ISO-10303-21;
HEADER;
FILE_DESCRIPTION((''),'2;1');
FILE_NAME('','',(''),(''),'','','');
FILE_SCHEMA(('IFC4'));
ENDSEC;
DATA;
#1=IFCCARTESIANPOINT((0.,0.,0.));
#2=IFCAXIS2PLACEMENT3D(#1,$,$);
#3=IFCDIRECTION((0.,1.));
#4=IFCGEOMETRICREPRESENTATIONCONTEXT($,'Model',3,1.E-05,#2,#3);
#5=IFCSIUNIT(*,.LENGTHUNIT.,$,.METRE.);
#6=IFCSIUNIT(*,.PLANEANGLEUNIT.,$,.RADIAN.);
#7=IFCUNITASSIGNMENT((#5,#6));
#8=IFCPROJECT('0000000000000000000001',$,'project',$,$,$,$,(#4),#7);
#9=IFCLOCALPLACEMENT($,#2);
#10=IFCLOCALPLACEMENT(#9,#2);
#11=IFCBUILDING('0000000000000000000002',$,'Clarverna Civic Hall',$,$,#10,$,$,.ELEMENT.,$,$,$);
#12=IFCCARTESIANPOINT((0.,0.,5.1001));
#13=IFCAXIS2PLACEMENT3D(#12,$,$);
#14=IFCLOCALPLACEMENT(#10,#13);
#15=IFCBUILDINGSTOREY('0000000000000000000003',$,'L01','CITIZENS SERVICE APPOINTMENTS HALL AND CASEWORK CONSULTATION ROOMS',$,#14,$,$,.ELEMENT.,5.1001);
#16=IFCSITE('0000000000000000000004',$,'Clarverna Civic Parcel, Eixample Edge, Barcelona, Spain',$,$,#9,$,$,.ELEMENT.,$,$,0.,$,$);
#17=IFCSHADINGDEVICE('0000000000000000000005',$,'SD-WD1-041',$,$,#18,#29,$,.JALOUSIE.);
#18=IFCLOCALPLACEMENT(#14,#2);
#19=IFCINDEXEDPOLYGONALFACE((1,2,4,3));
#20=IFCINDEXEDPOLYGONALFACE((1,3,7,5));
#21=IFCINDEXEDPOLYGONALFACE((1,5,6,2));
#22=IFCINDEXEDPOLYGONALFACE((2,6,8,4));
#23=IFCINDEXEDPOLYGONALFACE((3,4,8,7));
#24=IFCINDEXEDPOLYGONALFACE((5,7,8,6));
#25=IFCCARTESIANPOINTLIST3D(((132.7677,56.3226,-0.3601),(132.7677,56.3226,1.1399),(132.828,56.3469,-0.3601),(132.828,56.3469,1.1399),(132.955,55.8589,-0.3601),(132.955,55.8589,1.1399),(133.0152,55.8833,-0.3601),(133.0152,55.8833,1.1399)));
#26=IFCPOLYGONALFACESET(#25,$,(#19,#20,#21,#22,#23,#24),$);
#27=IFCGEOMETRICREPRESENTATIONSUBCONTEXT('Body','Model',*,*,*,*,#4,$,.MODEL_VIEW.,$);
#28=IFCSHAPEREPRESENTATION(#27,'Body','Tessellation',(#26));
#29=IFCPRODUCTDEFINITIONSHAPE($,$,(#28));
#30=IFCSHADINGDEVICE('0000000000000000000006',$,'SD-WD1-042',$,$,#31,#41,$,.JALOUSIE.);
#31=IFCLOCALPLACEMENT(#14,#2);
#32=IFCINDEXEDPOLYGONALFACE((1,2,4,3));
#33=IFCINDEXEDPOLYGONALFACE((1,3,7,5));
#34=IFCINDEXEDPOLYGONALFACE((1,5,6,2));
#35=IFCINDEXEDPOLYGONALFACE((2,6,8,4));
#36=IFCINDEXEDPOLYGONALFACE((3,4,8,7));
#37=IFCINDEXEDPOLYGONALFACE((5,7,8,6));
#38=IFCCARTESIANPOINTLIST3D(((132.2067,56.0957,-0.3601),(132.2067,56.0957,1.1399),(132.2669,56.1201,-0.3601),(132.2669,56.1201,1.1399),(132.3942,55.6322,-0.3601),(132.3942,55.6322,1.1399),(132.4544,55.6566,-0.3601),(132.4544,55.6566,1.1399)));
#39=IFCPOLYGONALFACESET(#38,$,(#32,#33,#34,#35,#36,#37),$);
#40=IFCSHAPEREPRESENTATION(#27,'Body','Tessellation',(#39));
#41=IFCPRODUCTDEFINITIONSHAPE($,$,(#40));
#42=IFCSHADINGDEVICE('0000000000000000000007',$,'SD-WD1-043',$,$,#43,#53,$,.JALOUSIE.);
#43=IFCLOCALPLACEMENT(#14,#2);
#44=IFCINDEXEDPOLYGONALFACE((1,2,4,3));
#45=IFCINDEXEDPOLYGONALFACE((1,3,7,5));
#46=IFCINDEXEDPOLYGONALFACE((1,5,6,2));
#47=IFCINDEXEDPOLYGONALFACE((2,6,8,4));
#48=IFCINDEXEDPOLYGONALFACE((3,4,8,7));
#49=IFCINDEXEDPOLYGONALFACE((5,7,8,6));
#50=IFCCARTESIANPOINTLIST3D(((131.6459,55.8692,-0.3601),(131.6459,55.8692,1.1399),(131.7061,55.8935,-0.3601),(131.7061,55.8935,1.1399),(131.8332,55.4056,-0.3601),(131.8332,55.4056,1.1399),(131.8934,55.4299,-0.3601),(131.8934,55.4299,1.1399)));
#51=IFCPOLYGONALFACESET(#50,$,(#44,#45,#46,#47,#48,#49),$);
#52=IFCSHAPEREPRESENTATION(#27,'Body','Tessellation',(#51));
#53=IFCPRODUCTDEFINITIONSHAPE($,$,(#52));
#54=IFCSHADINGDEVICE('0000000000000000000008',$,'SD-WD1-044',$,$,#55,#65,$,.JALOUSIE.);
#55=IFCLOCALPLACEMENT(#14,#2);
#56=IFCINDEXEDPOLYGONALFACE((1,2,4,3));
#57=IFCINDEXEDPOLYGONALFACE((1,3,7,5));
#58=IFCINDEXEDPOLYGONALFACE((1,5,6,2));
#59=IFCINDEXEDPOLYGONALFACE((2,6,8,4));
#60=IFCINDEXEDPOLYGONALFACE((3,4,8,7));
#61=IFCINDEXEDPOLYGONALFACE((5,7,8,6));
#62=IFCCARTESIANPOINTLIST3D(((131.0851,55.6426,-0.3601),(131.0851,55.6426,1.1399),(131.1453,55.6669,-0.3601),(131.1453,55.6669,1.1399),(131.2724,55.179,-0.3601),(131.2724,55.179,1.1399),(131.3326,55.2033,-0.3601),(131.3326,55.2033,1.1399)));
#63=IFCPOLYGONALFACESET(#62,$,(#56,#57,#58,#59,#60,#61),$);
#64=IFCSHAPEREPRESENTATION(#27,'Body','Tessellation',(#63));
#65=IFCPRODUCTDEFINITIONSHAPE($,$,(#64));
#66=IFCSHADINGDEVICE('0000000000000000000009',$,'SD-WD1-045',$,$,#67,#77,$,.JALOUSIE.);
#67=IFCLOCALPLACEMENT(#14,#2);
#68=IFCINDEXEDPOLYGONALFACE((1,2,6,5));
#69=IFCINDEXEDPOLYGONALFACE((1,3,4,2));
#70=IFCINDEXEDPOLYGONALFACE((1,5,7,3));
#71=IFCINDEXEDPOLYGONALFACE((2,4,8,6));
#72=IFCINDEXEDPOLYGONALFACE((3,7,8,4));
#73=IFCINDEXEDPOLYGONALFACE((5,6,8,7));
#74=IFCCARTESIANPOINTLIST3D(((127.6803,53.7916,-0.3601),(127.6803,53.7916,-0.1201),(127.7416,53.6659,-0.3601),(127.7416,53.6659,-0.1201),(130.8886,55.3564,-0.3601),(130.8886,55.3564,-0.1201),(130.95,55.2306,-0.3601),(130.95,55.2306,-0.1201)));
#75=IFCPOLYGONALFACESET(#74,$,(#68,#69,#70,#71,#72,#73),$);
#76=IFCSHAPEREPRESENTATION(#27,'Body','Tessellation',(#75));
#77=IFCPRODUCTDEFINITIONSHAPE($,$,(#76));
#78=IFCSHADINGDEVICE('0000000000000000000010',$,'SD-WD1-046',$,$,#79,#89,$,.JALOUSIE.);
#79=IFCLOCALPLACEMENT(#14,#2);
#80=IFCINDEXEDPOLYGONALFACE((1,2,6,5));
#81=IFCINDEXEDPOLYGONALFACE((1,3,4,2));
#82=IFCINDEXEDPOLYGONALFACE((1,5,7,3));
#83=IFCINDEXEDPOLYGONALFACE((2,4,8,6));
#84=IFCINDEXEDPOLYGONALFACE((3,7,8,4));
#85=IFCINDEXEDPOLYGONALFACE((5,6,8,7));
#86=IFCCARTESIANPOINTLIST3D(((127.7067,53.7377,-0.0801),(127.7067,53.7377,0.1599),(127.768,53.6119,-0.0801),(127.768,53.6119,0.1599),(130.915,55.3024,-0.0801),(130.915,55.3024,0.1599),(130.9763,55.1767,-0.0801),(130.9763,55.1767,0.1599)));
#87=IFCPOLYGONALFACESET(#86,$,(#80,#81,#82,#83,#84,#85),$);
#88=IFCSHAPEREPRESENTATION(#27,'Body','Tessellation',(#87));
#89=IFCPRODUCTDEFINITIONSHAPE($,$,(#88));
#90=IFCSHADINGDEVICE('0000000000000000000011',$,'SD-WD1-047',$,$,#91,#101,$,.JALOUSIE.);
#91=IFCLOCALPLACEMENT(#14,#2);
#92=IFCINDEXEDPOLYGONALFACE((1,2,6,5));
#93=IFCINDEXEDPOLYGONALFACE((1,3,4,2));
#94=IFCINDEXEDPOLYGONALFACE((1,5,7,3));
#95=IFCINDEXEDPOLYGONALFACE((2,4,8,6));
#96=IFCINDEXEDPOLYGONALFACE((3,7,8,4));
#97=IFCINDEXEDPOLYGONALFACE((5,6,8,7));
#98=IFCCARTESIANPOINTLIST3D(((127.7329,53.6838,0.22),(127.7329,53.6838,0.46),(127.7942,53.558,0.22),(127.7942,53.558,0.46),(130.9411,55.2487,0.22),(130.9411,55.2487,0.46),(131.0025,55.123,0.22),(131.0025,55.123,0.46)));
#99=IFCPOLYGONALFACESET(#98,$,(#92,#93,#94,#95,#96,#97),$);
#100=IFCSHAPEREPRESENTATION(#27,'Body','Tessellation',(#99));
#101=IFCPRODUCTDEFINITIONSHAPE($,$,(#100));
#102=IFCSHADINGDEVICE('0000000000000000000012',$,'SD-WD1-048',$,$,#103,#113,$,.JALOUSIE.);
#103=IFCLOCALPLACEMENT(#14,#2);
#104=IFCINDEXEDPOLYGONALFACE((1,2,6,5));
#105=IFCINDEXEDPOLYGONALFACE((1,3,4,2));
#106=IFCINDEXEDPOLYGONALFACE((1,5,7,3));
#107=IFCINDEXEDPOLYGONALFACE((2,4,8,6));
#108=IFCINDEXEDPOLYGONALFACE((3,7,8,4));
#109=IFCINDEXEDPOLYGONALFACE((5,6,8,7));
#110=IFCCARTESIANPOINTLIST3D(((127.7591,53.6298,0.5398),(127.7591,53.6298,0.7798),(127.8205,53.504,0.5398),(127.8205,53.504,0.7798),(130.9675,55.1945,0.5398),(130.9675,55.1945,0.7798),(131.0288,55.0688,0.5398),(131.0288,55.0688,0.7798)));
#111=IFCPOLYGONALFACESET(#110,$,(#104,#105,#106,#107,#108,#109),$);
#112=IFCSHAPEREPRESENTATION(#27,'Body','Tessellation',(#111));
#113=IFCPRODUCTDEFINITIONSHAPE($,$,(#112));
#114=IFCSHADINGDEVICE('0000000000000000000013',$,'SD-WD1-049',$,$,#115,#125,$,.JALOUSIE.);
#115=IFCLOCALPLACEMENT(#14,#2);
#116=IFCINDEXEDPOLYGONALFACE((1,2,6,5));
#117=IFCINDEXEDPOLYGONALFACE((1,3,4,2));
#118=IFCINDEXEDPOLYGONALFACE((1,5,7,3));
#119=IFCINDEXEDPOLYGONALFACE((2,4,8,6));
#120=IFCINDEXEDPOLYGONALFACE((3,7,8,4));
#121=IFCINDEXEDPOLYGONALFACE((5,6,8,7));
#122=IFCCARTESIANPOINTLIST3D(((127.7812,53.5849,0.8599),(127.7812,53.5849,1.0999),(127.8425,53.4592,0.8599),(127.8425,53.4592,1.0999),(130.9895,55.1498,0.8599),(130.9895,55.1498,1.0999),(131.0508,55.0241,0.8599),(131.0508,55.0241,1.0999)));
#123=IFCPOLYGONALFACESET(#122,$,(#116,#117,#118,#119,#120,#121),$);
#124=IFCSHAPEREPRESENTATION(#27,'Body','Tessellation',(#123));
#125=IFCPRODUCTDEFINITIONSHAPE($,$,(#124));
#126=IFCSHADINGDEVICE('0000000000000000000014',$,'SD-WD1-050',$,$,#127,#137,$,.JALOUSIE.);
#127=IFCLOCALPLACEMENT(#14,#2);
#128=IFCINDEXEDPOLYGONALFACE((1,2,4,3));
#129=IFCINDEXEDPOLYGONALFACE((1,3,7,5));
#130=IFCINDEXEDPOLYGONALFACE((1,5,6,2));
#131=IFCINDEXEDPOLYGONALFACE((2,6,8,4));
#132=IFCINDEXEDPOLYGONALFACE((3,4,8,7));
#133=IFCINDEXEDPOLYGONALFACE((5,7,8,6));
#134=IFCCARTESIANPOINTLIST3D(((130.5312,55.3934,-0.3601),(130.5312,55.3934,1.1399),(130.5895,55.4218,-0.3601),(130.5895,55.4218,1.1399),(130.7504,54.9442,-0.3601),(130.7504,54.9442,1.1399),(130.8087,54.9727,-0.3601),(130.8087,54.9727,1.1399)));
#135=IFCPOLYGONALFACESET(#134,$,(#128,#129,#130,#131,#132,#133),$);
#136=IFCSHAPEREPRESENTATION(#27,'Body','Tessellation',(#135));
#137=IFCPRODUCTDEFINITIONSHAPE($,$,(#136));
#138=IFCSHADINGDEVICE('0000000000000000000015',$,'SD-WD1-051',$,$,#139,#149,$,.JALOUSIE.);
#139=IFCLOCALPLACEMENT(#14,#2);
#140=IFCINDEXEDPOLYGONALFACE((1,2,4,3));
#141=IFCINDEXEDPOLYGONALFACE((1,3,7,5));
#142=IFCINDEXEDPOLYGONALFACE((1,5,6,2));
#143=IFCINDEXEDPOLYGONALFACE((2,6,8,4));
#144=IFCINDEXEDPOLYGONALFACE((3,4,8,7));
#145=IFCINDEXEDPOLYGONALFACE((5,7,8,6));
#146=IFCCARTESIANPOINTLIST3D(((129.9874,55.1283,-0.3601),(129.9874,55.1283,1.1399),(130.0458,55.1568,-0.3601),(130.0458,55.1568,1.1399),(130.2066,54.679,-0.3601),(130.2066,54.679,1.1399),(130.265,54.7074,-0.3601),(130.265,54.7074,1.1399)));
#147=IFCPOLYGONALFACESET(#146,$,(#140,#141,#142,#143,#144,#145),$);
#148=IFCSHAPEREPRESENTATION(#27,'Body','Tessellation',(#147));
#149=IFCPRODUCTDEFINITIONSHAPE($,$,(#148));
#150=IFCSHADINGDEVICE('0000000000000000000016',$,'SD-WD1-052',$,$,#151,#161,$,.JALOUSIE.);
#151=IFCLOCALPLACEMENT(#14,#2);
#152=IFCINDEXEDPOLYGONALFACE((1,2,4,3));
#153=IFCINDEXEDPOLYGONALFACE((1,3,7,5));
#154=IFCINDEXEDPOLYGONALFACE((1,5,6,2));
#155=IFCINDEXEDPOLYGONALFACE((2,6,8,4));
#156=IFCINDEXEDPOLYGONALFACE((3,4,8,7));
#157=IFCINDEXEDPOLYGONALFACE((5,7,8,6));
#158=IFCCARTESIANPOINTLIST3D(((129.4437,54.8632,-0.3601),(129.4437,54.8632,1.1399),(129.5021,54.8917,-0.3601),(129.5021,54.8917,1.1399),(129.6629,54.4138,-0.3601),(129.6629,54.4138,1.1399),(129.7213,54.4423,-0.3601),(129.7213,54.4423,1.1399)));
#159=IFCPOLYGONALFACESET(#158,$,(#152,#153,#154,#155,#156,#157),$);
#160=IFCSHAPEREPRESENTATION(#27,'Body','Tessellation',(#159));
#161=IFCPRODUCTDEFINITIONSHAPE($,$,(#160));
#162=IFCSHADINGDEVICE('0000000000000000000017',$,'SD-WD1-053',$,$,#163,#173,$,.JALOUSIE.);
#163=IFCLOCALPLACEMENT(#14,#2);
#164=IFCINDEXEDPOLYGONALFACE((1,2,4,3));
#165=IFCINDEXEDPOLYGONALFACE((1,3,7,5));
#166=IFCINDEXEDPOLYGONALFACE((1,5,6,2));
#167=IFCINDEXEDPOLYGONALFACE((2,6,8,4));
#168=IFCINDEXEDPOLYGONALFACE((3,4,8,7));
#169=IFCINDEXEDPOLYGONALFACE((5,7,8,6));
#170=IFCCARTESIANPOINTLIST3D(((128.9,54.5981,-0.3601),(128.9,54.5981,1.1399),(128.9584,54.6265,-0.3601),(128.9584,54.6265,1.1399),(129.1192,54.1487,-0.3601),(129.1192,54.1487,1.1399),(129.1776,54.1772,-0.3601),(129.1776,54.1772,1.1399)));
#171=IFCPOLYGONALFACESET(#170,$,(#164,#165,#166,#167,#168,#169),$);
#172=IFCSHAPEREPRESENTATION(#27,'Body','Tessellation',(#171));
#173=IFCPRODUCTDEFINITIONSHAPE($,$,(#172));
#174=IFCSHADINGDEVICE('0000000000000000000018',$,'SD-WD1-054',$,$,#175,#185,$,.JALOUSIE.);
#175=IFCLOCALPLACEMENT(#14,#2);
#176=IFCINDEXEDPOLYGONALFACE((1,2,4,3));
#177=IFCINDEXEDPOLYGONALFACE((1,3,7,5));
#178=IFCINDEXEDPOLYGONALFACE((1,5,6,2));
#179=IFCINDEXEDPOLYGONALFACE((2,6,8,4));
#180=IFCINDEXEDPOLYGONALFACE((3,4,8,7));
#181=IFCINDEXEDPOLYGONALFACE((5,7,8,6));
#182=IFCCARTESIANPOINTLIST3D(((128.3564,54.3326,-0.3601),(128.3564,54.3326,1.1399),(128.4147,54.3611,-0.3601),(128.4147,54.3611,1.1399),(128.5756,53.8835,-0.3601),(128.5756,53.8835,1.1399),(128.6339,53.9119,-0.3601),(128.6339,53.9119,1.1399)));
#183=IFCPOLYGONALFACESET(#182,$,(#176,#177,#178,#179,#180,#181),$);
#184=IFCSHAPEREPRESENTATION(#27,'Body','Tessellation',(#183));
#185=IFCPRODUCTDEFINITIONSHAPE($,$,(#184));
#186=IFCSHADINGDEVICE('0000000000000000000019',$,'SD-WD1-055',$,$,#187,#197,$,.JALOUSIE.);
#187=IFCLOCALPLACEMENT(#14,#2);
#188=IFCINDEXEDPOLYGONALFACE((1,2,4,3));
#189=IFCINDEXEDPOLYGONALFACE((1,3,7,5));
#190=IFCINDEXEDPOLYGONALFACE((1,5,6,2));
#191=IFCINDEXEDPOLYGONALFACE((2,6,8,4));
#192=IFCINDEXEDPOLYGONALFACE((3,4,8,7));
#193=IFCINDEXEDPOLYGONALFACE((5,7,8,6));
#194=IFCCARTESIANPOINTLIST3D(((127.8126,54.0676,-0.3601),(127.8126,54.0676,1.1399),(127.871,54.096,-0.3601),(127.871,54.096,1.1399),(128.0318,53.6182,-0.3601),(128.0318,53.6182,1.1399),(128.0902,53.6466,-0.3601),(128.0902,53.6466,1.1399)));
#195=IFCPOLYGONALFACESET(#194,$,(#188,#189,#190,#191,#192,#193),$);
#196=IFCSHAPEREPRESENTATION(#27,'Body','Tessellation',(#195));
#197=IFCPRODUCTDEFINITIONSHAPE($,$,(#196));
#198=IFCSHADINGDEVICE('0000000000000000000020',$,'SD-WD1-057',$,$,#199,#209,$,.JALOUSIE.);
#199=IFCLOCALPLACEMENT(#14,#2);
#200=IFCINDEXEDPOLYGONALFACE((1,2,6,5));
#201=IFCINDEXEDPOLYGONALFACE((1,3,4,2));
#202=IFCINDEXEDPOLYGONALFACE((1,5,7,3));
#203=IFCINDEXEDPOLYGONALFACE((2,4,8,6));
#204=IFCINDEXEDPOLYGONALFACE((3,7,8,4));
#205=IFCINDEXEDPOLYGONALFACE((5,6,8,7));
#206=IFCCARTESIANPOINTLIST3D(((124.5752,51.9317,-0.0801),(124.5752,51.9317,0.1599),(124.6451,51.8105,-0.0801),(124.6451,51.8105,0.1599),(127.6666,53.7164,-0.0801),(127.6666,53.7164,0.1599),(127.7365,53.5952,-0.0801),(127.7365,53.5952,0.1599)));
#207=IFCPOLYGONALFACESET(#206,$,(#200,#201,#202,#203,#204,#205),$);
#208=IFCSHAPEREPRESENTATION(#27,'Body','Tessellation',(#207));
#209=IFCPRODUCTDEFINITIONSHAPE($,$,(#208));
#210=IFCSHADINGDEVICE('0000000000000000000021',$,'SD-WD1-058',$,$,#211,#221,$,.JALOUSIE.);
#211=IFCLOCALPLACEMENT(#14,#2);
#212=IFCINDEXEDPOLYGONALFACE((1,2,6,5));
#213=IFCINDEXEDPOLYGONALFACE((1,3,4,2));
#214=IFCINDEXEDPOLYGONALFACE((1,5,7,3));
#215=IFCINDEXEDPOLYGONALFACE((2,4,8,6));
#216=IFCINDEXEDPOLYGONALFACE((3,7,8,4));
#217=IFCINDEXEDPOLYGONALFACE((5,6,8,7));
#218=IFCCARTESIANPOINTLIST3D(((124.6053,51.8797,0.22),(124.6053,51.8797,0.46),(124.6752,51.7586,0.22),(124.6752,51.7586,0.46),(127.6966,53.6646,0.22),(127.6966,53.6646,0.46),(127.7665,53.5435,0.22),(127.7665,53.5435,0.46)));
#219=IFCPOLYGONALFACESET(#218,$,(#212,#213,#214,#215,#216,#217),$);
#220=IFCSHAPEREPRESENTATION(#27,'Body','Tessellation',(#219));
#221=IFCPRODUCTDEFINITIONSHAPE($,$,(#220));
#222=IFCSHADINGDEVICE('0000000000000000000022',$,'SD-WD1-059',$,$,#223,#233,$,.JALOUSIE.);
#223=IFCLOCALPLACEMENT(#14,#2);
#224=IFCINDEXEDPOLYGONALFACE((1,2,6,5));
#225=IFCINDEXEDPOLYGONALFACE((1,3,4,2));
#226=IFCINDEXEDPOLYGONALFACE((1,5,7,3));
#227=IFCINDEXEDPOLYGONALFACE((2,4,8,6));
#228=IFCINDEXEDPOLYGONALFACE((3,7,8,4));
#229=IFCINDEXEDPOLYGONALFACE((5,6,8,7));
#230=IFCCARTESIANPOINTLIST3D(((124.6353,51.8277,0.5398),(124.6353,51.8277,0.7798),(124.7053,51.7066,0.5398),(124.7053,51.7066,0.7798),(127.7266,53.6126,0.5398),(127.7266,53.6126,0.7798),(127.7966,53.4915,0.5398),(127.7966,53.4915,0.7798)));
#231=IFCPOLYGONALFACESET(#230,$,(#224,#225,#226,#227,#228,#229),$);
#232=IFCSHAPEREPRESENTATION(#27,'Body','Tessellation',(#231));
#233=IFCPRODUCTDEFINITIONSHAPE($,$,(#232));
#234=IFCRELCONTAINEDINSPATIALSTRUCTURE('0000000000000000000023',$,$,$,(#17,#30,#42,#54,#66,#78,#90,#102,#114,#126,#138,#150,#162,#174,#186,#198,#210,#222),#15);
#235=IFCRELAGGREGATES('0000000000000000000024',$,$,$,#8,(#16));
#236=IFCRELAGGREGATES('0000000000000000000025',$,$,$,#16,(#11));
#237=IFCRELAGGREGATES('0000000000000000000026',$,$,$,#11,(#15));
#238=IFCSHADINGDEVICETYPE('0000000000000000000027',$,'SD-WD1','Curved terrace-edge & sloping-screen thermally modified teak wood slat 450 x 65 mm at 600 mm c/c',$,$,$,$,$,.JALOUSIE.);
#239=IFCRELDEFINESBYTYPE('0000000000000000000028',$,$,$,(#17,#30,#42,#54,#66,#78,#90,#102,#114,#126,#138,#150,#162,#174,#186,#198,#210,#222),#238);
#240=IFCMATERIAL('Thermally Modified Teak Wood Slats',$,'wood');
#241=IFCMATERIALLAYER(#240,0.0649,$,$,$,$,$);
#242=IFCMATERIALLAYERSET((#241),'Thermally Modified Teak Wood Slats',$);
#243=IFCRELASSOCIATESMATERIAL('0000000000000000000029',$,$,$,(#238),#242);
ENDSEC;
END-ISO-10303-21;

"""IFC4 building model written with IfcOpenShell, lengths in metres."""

from ifc_helpers import new_model, si_unit, direction, frame, frame_2d, origin, place, context, subcontext, project, spatial, rectangle, extrude, material, layer, layer_set, type_object, element, save


model = new_model("IFC4")

# Units and contexts
model_context = context("Model", 3, precision=1e-05, world=origin(), true_north=direction((0.0, 1.0)))
body_context = subcontext(model_context, "Body", "Model", "MODEL_VIEW")
ifc_project = project(units=[si_unit("LENGTHUNIT", "METRE"), si_unit("PLANEANGLEUNIT", "RADIAN")], contexts=[model_context])

# Site, building, storey
site_placement = place(None, origin())
site = spatial("IfcSite", under=ifc_project, at=site_placement, Name="Clarverna Civic Parcel, Eixample Edge, Barcelona, Spain", CompositionType="ELEMENT", RefElevation=0.0)
building_placement = place(site_placement, origin())
building = spatial("IfcBuilding", under=site, at=building_placement, Name="Clarverna Civic Hall", CompositionType="ELEMENT")
storey_placement = place(building_placement, frame((0.0, 0.0, 5.1001)))
storey = spatial("IfcBuildingStorey", under=building, at=storey_placement, Name="L01", Description="CITIZENS SERVICE APPOINTMENTS HALL AND CASEWORK CONSULTATION ROOMS", CompositionType="ELEMENT", Elevation=5.1001)

# Shading devices
ifc_material_1 = material(Name="Thermally Modified Teak Wood Slats", Category="wood")
ifc_layer_1 = layer(ifc_material_1, 0.0649)
ifc_layer_set_1 = layer_set([ifc_layer_1], Name="Thermally Modified Teak Wood Slats")
shading_device_type = type_object("IfcShadingDeviceType", Name="SD-WD1", Description="Curved terrace-edge & sloping-screen thermally modified teak wood slat 450 x 65 mm at 600 mm c/c", PredefinedType="JALOUSIE", material=ifc_layer_set_1)
for number, where, z_axis, x_axis, name in (
    (1, (132.7979, 56.3347, -0.3601), (0.0, 0.0, 1.0), (0.374503, -0.927226, 0.0), "SD-WD1-041"),
    (2, (132.2368, 56.1079, -0.3601), (0.0, 0.0, 1.0), (0.374923, -0.927056, 0.0), "SD-WD1-042"),
    (3, (131.676, 55.8813, -0.3601), (0.0, 0.0, 1.0), (0.374503, -0.927226, 0.0), "SD-WD1-043"),
    (4, (131.1152, 55.6548, -0.3601), (0.0, 0.0, 1.0), (0.374503, -0.927226, 0.0), "SD-WD1-044"),
):
    element("IfcShadingDevice", number, at=place(storey_placement, frame(where, z_axis=z_axis, x_axis=x_axis)), inside=storey, type_object=shading_device_type, Name=name, PredefinedType="JALOUSIE", context=body_context, shape_type="SweptSolid", body=[
        extrude(rectangle(XDim=0.5, YDim=0.0649, at=frame_2d((0.25, 0.0))), origin(), (0.0, 0.0, 1.0), 1.5),
    ])
for number, where, z_axis, x_axis, name in (
    (5, (130.9192, 55.2935, -0.3601), (0.0, 0.0, 1.0), (-0.898802, -0.438355, 0.0), "SD-WD1-045"),
    (6, (130.9456, 55.2395, -0.0801), (0.0, 0.0, 1.0), (-0.898802, -0.438355, 0.0), "SD-WD1-046"),
    (7, (130.9717, 55.1858, 0.22), (0.0, 0.0, 1.0), (-0.898775, -0.43841, 0.0), "SD-WD1-047"),
    (8, (130.998, 55.1316, 0.5398), (0.0, 0.0, 1.0), (-0.898802, -0.438355, 0.0), "SD-WD1-048"),
    (9, (131.02, 55.0869, 0.8599), (0.0, 0.0, 1.0), (-0.898775, -0.43841, 0.0), "SD-WD1-049"),
):
    element("IfcShadingDevice", number, at=place(storey_placement, frame(where, z_axis=z_axis, x_axis=x_axis)), inside=storey, type_object=shading_device_type, Name=name, PredefinedType="JALOUSIE", context=body_context, shape_type="SweptSolid", body=[
        extrude(rectangle(XDim=3.5696, YDim=0.1399, at=frame_2d((1.7847, 0.0))), origin(), (0.0, 0.0, 1.0), 0.24),
    ])
shading_device_1_placement = place(storey_placement, frame((130.5603, 55.4077, -0.3601), z_axis=(0.0, 0.0, 1.0), x_axis=(0.438597, -0.898684, 0.0)))
element("IfcShadingDevice", 10, at=shading_device_1_placement, inside=storey, type_object=shading_device_type, Name="SD-WD1-050", PredefinedType="JALOUSIE", context=body_context, shape_type="SweptSolid", body=[
    extrude(rectangle(XDim=0.4998, YDim=0.0649, at=frame_2d((0.25, 0.0))), origin(), (0.0, 0.0, 1.0), 1.5),
])
for number, where, z_axis, x_axis, name in (
    (11, (130.0166, 55.1426, -0.3601), (0.0, 0.0, 1.0), (0.438404, -0.898778, 0.0), "SD-WD1-051"),
    (12, (129.4729, 54.8774, -0.3601), (0.0, 0.0, 1.0), (0.438404, -0.898778, 0.0), "SD-WD1-052"),
    (13, (128.9292, 54.6123, -0.3601), (0.0, 0.0, 1.0), (0.438404, -0.898778, 0.0), "SD-WD1-053"),
):
    element("IfcShadingDevice", number, at=place(storey_placement, frame(where, z_axis=z_axis, x_axis=x_axis)), inside=storey, type_object=shading_device_type, Name=name, PredefinedType="JALOUSIE", context=body_context, shape_type="SweptSolid", body=[
        extrude(rectangle(XDim=0.5, YDim=0.0649, at=frame_2d((0.25, 0.0))), origin(), (0.0, 0.0, 1.0), 1.5),
    ])
shading_device_2_placement = place(storey_placement, frame((128.3855, 54.3469, -0.3601), z_axis=(0.0, 0.0, 1.0), x_axis=(0.438597, -0.898684, 0.0)))
element("IfcShadingDevice", 14, at=shading_device_2_placement, inside=storey, type_object=shading_device_type, Name="SD-WD1-054", PredefinedType="JALOUSIE", context=body_context, shape_type="SweptSolid", body=[
    extrude(rectangle(XDim=0.4998, YDim=0.0649, at=frame_2d((0.25, 0.0))), origin(), (0.0, 0.0, 1.0), 1.5),
])
shading_device_3_placement = place(storey_placement, frame((127.8418, 54.0818, -0.3601), z_axis=(0.0, 0.0, 1.0), x_axis=(0.438404, -0.898778, 0.0)))
element("IfcShadingDevice", 15, at=shading_device_3_placement, inside=storey, type_object=shading_device_type, Name="SD-WD1-055", PredefinedType="JALOUSIE", context=body_context, shape_type="SweptSolid", body=[
    extrude(rectangle(XDim=0.5, YDim=0.0649, at=frame_2d((0.25, 0.0))), origin(), (0.0, 0.0, 1.0), 1.5),
])
for number, where, z_axis, x_axis, name in (
    (16, (127.7014, 53.6558, -0.0801), (0.0, 0.0, 1.0), (-0.866038, -0.499979, 0.0), "SD-WD1-057"),
    (17, (127.7314, 53.604, 0.22), (0.0, 0.0, 1.0), (-0.866008, -0.50003, 0.0), "SD-WD1-058"),
    (18, (127.7615, 53.552, 0.5398), (0.0, 0.0, 1.0), (-0.866008, -0.50003, 0.0), "SD-WD1-059"),
):
    element("IfcShadingDevice", number, at=place(storey_placement, frame(where, z_axis=z_axis, x_axis=x_axis)), inside=storey, type_object=shading_device_type, Name=name, PredefinedType="JALOUSIE", context=body_context, shape_type="SweptSolid", body=[
        extrude(rectangle(XDim=3.5696, YDim=0.1399, at=frame_2d((1.7847, 0.0))), origin(), (0.0, 0.0, 1.0), 0.24),
    ])

save(model, "model.ifc")
